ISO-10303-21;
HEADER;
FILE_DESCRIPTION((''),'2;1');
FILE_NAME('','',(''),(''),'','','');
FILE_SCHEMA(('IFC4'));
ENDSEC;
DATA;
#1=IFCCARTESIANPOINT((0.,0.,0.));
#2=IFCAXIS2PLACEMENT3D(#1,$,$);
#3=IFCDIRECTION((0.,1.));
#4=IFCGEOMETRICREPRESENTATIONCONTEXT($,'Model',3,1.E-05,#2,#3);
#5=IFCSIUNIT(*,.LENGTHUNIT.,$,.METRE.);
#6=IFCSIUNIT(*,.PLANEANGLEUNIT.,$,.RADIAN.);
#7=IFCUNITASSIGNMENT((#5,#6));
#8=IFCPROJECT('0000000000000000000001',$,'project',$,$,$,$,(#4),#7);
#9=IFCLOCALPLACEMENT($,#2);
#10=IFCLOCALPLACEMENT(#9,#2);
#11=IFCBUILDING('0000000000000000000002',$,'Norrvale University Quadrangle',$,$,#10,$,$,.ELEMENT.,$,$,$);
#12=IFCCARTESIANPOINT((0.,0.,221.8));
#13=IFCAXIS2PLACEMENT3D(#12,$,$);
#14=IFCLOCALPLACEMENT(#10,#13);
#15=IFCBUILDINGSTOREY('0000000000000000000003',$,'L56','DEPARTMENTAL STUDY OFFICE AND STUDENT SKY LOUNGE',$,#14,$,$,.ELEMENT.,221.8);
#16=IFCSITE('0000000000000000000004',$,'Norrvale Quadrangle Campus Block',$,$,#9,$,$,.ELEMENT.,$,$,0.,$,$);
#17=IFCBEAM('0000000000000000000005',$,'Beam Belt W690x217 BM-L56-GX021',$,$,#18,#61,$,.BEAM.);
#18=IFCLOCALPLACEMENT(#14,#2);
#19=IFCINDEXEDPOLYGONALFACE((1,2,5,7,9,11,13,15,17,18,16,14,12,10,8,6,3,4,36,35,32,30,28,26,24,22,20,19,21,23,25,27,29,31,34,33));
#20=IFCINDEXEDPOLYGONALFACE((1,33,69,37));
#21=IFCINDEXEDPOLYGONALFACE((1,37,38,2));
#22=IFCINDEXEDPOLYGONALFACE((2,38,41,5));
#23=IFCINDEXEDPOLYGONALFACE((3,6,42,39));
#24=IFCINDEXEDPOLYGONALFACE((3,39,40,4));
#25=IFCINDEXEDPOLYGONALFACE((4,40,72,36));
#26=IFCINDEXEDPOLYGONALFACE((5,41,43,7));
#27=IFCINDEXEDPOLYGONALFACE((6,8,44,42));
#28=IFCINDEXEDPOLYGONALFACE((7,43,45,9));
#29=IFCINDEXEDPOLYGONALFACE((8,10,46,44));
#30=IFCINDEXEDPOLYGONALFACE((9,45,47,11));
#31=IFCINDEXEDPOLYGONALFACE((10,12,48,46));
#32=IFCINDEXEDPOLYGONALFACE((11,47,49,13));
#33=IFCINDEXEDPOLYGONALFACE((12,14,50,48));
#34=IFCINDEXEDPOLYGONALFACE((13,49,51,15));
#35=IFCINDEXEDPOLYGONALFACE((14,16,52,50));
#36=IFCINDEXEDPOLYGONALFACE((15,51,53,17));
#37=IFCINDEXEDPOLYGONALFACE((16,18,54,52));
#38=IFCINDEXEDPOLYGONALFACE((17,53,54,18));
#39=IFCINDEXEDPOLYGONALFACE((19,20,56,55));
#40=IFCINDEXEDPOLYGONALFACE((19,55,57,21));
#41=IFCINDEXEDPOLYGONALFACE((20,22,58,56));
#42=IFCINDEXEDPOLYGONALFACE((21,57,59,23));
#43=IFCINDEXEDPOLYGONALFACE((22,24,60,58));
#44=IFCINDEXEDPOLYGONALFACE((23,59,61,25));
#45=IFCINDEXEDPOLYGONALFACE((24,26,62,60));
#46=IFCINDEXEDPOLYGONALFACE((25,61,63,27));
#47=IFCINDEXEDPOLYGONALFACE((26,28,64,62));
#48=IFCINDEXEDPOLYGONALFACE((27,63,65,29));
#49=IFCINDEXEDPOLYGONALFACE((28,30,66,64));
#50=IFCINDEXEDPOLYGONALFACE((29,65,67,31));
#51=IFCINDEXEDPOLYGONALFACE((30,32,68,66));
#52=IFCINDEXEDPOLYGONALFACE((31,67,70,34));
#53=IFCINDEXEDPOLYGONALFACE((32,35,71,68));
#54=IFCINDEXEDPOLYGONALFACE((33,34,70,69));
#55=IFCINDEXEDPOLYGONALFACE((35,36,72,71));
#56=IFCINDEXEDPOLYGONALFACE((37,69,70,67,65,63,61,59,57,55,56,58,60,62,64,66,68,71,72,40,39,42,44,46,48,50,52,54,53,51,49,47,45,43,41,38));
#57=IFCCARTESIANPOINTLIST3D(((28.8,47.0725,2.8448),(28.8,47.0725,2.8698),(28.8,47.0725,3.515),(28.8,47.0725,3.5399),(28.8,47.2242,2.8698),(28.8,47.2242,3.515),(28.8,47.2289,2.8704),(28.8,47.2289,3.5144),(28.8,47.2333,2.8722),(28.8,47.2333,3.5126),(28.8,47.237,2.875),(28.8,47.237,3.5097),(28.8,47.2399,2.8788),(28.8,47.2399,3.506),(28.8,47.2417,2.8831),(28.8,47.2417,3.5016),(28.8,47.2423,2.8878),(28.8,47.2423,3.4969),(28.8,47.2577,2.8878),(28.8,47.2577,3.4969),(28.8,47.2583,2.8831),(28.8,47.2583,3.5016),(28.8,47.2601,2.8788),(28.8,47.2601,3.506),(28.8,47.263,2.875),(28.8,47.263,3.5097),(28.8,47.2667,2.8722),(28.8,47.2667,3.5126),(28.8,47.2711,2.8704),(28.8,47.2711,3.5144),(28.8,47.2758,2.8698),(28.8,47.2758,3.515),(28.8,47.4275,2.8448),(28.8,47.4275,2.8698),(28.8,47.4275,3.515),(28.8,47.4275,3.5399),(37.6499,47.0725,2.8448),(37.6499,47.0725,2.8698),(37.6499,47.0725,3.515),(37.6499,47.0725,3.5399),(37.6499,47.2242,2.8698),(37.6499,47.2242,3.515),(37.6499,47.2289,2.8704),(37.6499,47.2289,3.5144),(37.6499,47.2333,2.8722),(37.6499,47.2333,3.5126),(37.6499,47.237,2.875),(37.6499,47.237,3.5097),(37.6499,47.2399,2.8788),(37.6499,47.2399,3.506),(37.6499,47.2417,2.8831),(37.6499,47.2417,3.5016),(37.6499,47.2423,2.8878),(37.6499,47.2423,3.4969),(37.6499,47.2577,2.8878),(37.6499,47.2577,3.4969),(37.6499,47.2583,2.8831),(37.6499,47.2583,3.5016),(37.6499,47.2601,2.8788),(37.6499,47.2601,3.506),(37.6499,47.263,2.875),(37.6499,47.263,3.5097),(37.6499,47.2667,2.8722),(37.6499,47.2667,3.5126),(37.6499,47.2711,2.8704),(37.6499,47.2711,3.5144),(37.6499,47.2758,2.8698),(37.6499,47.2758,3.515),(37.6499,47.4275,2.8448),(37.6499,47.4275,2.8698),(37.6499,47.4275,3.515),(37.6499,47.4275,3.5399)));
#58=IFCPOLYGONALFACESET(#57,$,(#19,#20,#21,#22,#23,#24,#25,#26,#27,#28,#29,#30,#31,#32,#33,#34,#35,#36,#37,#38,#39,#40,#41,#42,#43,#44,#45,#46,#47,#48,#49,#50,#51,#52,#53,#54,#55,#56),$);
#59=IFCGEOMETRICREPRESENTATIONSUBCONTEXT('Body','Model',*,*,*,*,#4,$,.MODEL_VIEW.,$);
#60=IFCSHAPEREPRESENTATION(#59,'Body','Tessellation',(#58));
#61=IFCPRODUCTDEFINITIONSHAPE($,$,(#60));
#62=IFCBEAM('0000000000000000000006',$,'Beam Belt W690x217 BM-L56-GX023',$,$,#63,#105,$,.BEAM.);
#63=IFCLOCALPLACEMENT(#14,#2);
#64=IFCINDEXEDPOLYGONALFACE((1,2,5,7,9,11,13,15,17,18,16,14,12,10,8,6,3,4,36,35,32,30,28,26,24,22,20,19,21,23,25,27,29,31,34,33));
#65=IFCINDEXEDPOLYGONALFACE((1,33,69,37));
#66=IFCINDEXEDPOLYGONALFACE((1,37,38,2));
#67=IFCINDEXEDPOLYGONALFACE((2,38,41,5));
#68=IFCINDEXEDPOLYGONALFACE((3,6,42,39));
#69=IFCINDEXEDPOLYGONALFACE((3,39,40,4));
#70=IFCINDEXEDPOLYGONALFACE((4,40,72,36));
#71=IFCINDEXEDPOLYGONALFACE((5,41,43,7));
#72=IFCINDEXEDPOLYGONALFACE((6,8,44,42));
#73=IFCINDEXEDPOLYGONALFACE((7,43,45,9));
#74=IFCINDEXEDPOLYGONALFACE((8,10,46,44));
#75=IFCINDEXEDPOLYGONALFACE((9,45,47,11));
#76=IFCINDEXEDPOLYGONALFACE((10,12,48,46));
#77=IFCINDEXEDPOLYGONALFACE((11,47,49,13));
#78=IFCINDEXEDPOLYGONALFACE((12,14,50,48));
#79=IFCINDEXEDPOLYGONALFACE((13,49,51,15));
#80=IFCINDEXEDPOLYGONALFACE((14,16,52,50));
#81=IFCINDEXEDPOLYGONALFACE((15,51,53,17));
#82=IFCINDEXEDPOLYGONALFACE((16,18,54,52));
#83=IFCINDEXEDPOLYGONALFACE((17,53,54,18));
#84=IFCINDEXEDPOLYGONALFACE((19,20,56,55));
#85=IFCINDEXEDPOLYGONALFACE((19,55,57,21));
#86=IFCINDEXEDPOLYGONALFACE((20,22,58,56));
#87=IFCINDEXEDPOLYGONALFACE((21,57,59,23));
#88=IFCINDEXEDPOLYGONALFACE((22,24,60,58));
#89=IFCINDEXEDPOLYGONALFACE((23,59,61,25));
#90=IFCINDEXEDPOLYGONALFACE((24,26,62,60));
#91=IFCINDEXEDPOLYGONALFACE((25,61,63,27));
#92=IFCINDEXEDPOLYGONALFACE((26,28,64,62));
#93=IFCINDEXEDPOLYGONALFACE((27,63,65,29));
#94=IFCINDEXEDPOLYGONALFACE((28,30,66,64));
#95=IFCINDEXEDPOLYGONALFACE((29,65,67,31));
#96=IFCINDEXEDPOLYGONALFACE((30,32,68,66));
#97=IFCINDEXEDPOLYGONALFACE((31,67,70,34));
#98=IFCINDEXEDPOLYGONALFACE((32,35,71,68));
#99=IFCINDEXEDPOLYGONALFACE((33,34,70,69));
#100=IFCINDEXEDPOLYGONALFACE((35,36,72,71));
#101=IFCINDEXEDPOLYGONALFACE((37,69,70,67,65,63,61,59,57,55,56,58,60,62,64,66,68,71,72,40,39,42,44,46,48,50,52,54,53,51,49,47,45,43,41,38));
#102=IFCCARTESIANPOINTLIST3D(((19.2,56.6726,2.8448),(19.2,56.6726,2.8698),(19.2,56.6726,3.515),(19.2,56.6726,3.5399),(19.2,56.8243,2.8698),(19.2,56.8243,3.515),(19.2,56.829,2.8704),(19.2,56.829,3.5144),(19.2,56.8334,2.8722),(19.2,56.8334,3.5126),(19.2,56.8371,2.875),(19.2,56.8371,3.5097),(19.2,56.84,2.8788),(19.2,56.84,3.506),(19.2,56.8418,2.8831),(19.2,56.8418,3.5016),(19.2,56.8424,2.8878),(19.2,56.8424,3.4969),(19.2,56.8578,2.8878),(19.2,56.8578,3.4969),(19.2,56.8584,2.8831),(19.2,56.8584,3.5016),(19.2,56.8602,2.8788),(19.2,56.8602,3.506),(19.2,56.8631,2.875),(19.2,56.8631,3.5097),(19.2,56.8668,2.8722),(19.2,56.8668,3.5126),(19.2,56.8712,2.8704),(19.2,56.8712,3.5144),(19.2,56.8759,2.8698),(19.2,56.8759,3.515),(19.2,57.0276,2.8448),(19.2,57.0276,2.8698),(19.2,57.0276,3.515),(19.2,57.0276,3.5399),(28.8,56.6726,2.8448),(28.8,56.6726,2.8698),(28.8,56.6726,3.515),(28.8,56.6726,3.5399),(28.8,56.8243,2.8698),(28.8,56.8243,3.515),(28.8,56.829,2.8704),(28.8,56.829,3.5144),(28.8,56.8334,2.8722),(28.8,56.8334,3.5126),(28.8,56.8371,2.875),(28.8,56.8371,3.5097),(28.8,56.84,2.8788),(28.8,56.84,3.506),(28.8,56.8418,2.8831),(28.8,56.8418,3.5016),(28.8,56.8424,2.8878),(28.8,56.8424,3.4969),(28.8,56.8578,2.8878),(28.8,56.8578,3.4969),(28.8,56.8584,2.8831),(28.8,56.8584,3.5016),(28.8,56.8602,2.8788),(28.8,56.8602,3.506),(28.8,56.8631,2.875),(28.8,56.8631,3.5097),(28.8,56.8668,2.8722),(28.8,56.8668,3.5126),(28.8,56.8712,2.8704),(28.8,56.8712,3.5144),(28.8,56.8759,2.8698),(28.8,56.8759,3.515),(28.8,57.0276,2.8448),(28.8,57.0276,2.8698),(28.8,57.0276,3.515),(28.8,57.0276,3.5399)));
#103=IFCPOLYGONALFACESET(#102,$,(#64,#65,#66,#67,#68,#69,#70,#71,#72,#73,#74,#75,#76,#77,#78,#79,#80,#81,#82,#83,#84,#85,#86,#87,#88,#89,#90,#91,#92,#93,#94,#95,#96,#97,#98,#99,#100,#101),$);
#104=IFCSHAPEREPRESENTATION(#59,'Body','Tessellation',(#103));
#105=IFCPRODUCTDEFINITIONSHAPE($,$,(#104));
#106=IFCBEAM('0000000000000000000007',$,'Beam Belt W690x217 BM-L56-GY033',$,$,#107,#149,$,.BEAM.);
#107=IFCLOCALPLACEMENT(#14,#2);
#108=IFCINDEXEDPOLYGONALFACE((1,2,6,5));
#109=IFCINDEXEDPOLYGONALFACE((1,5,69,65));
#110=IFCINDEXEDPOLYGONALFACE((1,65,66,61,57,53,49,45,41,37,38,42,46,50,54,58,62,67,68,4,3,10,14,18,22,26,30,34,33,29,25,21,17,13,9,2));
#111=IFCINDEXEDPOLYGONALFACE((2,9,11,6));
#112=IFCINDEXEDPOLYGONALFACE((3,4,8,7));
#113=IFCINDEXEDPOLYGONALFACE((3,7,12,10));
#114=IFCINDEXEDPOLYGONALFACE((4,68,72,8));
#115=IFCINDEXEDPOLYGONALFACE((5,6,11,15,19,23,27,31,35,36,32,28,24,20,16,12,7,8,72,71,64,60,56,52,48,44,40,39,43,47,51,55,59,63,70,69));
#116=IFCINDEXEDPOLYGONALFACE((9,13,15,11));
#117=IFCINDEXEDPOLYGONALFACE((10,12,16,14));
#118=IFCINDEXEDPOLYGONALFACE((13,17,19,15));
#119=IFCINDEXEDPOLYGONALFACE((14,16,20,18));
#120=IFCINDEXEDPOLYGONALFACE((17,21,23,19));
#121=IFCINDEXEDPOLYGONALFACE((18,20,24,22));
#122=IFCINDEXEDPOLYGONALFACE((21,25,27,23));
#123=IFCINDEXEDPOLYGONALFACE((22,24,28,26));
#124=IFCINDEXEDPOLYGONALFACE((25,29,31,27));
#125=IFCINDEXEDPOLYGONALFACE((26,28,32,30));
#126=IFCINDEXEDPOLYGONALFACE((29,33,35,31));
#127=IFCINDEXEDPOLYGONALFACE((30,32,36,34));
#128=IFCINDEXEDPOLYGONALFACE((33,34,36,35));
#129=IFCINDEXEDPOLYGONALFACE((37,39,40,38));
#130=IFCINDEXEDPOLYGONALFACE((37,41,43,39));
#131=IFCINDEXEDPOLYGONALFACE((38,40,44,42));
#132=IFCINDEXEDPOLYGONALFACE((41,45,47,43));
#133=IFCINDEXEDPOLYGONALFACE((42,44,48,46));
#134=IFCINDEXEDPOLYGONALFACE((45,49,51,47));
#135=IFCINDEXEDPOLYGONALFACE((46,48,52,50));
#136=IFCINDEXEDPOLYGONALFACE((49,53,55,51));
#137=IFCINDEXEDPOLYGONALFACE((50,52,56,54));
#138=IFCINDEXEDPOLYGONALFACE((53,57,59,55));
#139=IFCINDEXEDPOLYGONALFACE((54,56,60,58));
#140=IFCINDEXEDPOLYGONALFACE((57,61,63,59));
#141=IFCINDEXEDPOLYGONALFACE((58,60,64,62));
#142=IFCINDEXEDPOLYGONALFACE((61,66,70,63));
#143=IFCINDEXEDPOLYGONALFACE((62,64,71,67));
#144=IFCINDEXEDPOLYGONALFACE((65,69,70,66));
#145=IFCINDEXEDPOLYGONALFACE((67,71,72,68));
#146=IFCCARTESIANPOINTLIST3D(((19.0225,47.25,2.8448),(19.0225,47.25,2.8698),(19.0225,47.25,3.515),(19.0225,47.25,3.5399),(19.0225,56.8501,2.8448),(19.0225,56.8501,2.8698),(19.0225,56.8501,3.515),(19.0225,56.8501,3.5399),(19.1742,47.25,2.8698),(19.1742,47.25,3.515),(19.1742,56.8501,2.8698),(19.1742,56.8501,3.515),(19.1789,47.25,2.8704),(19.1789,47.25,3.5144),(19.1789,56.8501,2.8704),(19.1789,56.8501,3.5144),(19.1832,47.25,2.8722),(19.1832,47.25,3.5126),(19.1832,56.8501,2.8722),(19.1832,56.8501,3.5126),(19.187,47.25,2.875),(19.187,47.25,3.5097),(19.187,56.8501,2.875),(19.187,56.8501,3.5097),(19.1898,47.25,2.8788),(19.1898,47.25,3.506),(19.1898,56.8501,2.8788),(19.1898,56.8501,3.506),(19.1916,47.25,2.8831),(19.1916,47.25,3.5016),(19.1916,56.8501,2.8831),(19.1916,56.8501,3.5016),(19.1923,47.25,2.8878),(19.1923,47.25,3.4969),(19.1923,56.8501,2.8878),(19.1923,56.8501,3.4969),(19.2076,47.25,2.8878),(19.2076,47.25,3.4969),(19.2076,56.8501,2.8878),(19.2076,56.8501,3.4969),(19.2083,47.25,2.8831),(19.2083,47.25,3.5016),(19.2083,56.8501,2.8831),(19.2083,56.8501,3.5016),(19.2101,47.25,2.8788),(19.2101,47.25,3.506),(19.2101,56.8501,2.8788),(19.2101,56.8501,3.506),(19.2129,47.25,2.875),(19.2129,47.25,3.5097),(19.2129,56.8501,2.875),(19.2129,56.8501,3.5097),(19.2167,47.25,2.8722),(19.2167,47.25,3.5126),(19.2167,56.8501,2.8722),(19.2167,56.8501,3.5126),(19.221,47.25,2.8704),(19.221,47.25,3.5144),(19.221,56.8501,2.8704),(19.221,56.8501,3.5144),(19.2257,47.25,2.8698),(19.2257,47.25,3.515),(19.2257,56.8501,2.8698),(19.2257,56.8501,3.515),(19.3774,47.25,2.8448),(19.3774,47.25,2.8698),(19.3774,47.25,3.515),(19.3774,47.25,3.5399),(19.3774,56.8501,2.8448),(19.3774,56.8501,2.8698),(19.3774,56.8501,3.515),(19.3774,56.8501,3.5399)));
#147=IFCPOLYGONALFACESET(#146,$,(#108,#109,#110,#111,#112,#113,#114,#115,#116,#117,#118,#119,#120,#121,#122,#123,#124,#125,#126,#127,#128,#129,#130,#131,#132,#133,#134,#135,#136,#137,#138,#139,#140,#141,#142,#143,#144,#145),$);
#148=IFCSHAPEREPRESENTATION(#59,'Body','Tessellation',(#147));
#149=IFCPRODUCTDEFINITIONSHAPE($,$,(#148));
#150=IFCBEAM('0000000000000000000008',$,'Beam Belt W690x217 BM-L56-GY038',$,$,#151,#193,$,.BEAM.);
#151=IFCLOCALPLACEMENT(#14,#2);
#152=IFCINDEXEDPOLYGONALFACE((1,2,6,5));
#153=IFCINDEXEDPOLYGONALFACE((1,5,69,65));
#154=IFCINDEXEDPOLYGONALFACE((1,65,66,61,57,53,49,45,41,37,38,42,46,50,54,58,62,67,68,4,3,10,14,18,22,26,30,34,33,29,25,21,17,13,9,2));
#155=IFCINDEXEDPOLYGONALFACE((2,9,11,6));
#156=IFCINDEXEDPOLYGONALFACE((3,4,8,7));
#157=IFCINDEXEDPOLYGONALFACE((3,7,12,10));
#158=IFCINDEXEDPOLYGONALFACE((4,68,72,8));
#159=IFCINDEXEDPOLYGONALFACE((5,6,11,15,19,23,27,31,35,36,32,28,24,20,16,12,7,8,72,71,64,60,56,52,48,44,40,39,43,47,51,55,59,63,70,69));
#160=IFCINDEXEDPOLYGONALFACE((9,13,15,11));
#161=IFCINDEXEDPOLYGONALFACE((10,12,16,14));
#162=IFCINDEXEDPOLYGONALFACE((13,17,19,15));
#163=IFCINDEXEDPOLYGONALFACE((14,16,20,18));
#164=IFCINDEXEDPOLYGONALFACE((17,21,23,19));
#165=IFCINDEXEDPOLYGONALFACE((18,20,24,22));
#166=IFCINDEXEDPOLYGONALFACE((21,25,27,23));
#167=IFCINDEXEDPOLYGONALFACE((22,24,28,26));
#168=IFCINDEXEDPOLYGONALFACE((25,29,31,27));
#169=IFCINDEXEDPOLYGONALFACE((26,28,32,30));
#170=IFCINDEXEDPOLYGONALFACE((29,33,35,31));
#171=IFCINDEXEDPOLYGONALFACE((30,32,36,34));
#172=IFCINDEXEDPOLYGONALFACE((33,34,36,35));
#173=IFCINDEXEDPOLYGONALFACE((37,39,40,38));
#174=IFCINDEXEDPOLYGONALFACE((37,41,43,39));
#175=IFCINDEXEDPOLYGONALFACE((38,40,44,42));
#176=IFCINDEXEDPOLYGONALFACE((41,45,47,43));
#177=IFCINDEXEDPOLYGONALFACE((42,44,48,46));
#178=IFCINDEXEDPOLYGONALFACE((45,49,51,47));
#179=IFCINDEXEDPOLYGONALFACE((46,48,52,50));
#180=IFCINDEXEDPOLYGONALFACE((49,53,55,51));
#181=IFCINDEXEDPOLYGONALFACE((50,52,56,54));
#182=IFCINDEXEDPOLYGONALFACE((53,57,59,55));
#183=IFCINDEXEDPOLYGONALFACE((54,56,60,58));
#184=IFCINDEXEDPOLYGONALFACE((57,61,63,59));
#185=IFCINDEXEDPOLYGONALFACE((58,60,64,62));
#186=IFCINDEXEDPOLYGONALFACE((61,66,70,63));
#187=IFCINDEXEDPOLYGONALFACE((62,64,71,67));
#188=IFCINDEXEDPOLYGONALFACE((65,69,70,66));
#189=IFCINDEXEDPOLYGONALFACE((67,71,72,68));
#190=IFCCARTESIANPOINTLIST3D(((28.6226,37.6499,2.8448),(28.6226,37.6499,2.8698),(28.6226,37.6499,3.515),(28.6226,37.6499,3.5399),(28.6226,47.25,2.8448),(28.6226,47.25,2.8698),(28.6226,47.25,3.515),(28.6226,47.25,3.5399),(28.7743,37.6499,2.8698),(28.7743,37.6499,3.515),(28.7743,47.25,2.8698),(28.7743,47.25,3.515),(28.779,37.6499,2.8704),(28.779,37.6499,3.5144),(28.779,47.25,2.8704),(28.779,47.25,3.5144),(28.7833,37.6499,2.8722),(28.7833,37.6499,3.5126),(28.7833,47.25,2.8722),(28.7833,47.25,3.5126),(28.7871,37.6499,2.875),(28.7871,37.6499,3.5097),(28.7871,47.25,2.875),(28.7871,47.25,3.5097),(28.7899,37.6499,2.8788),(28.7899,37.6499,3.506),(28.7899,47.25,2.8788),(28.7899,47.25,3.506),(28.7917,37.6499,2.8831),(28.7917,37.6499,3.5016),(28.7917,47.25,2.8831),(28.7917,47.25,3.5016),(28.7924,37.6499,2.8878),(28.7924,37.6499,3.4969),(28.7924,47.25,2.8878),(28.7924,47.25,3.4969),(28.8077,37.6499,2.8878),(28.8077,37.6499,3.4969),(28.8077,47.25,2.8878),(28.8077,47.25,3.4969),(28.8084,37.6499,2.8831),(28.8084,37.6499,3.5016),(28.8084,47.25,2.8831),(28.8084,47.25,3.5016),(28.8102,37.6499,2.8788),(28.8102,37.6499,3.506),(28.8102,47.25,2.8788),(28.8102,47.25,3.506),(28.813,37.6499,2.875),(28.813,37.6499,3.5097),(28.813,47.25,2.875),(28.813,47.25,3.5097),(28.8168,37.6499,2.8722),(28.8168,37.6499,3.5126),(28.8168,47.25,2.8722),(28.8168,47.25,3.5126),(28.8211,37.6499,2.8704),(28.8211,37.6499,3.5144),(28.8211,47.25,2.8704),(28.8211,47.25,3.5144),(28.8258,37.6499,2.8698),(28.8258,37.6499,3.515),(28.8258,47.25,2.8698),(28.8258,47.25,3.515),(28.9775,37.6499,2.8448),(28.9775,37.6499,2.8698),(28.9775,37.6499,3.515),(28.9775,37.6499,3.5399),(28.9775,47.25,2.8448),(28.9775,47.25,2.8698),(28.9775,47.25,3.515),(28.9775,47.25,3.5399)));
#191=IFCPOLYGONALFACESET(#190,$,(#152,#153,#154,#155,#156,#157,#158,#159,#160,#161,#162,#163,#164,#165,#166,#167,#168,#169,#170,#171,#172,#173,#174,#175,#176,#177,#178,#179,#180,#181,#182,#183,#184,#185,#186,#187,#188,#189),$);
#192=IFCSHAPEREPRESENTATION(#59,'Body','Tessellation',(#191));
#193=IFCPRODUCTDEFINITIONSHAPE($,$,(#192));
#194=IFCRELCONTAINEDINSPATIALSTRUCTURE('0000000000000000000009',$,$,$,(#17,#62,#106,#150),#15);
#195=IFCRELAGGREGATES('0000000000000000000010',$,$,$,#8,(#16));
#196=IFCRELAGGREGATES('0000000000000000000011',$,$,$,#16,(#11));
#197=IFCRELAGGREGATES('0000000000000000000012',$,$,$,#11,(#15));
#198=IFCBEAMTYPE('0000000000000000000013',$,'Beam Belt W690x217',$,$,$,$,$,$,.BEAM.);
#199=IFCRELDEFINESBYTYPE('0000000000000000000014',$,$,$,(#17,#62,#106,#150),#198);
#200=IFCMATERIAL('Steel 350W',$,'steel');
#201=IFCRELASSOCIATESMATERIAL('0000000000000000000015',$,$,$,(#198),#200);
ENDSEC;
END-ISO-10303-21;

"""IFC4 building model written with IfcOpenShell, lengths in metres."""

from ifc_helpers import new_model, si_unit, direction, frame, origin, origin_2d, place, context, subcontext, project, spatial, i_section, extrude, material, material_profile, profile_set, type_object, element, save


model = new_model("IFC4")

# Units and contexts
model_context = context("Model", 3, precision=1e-05, world=origin(), true_north=direction((0.0, 1.0)))
body_context = subcontext(model_context, "Body", "Model", "MODEL_VIEW")
ifc_project = project(units=[si_unit("LENGTHUNIT", "METRE"), si_unit("PLANEANGLEUNIT", "RADIAN")], contexts=[model_context])

# Site, building, storey
site_placement = place(None, origin())
site = spatial("IfcSite", under=ifc_project, at=site_placement, Name="Norrvale Quadrangle Campus Block", CompositionType="ELEMENT", RefElevation=0.0)
building_placement = place(site_placement, origin())
building = spatial("IfcBuilding", under=site, at=building_placement, Name="Norrvale University Quadrangle", CompositionType="ELEMENT")
storey_placement = place(building_placement, frame((0.0, 0.0, 221.8)))
storey = spatial("IfcBuildingStorey", under=building, at=storey_placement, Name="L56", Description="DEPARTMENTAL STUDY OFFICE AND STUDENT SKY LOUNGE", CompositionType="ELEMENT", Elevation=221.8)

# Beams
ifc_material_1 = material(Name="Steel 350W", Category="steel")
ifc_material_profile_1 = material_profile(ifc_material_1, i_section(OverallWidth=0.355, OverallDepth=0.6951, WebThickness=0.0154, FlangeThickness=0.0249, FilletRadius=0.0181, at=origin_2d()), Name="Steel 350W")
ifc_profile_set_1 = profile_set([ifc_material_profile_1], Name="Steel 350W")
beam_type_1 = type_object("IfcBeamType", Name="Beam Belt W690x217", PredefinedType="BEAM", material=ifc_profile_set_1)
beam_1_placement = place(storey_placement, frame((28.8, 47.25, 3.1924), z_axis=(1.0, 0.0, 0.0), x_axis=(0.0, 1.0, 0.0)))
element("IfcBeam", 1, at=beam_1_placement, inside=storey, type_object=beam_type_1, Name="Beam Belt W690x217 BM-L56-GX021", PredefinedType="BEAM", context=body_context, shape_type="SweptSolid", body=[
    extrude(i_section(OverallWidth=0.355, OverallDepth=0.6951, WebThickness=0.0154, FlangeThickness=0.0249, FilletRadius=0.0181, at=origin_2d()), origin(), (0.0, 0.0, 1.0), 8.8499),
])
for number, where, z_axis, x_axis, name in (
    (2, (19.2, 56.8501, 3.1924), (1.0, 0.0, 0.0), (0.0, 1.0, 0.0), "Beam Belt W690x217 BM-L56-GX023"),
    (3, (19.2, 47.25, 3.1924), (0.0, 1.0, 0.0), (-1.0, 0.0, 0.0), "Beam Belt W690x217 BM-L56-GY033"),
    (4, (28.8, 37.6499, 3.1924), (0.0, 1.0, 0.0), (-1.0, 0.0, 0.0), "Beam Belt W690x217 BM-L56-GY038"),
):
    element("IfcBeam", number, at=place(storey_placement, frame(where, z_axis=z_axis, x_axis=x_axis)), inside=storey, type_object=beam_type_1, Name=name, PredefinedType="BEAM", context=body_context, shape_type="SweptSolid", body=[
        extrude(i_section(OverallWidth=0.355, OverallDepth=0.6951, WebThickness=0.0154, FlangeThickness=0.0249, FilletRadius=0.0181, at=origin_2d()), origin(), (0.0, 0.0, 1.0), 9.6001),
    ])

save(model, "model.ifc")
